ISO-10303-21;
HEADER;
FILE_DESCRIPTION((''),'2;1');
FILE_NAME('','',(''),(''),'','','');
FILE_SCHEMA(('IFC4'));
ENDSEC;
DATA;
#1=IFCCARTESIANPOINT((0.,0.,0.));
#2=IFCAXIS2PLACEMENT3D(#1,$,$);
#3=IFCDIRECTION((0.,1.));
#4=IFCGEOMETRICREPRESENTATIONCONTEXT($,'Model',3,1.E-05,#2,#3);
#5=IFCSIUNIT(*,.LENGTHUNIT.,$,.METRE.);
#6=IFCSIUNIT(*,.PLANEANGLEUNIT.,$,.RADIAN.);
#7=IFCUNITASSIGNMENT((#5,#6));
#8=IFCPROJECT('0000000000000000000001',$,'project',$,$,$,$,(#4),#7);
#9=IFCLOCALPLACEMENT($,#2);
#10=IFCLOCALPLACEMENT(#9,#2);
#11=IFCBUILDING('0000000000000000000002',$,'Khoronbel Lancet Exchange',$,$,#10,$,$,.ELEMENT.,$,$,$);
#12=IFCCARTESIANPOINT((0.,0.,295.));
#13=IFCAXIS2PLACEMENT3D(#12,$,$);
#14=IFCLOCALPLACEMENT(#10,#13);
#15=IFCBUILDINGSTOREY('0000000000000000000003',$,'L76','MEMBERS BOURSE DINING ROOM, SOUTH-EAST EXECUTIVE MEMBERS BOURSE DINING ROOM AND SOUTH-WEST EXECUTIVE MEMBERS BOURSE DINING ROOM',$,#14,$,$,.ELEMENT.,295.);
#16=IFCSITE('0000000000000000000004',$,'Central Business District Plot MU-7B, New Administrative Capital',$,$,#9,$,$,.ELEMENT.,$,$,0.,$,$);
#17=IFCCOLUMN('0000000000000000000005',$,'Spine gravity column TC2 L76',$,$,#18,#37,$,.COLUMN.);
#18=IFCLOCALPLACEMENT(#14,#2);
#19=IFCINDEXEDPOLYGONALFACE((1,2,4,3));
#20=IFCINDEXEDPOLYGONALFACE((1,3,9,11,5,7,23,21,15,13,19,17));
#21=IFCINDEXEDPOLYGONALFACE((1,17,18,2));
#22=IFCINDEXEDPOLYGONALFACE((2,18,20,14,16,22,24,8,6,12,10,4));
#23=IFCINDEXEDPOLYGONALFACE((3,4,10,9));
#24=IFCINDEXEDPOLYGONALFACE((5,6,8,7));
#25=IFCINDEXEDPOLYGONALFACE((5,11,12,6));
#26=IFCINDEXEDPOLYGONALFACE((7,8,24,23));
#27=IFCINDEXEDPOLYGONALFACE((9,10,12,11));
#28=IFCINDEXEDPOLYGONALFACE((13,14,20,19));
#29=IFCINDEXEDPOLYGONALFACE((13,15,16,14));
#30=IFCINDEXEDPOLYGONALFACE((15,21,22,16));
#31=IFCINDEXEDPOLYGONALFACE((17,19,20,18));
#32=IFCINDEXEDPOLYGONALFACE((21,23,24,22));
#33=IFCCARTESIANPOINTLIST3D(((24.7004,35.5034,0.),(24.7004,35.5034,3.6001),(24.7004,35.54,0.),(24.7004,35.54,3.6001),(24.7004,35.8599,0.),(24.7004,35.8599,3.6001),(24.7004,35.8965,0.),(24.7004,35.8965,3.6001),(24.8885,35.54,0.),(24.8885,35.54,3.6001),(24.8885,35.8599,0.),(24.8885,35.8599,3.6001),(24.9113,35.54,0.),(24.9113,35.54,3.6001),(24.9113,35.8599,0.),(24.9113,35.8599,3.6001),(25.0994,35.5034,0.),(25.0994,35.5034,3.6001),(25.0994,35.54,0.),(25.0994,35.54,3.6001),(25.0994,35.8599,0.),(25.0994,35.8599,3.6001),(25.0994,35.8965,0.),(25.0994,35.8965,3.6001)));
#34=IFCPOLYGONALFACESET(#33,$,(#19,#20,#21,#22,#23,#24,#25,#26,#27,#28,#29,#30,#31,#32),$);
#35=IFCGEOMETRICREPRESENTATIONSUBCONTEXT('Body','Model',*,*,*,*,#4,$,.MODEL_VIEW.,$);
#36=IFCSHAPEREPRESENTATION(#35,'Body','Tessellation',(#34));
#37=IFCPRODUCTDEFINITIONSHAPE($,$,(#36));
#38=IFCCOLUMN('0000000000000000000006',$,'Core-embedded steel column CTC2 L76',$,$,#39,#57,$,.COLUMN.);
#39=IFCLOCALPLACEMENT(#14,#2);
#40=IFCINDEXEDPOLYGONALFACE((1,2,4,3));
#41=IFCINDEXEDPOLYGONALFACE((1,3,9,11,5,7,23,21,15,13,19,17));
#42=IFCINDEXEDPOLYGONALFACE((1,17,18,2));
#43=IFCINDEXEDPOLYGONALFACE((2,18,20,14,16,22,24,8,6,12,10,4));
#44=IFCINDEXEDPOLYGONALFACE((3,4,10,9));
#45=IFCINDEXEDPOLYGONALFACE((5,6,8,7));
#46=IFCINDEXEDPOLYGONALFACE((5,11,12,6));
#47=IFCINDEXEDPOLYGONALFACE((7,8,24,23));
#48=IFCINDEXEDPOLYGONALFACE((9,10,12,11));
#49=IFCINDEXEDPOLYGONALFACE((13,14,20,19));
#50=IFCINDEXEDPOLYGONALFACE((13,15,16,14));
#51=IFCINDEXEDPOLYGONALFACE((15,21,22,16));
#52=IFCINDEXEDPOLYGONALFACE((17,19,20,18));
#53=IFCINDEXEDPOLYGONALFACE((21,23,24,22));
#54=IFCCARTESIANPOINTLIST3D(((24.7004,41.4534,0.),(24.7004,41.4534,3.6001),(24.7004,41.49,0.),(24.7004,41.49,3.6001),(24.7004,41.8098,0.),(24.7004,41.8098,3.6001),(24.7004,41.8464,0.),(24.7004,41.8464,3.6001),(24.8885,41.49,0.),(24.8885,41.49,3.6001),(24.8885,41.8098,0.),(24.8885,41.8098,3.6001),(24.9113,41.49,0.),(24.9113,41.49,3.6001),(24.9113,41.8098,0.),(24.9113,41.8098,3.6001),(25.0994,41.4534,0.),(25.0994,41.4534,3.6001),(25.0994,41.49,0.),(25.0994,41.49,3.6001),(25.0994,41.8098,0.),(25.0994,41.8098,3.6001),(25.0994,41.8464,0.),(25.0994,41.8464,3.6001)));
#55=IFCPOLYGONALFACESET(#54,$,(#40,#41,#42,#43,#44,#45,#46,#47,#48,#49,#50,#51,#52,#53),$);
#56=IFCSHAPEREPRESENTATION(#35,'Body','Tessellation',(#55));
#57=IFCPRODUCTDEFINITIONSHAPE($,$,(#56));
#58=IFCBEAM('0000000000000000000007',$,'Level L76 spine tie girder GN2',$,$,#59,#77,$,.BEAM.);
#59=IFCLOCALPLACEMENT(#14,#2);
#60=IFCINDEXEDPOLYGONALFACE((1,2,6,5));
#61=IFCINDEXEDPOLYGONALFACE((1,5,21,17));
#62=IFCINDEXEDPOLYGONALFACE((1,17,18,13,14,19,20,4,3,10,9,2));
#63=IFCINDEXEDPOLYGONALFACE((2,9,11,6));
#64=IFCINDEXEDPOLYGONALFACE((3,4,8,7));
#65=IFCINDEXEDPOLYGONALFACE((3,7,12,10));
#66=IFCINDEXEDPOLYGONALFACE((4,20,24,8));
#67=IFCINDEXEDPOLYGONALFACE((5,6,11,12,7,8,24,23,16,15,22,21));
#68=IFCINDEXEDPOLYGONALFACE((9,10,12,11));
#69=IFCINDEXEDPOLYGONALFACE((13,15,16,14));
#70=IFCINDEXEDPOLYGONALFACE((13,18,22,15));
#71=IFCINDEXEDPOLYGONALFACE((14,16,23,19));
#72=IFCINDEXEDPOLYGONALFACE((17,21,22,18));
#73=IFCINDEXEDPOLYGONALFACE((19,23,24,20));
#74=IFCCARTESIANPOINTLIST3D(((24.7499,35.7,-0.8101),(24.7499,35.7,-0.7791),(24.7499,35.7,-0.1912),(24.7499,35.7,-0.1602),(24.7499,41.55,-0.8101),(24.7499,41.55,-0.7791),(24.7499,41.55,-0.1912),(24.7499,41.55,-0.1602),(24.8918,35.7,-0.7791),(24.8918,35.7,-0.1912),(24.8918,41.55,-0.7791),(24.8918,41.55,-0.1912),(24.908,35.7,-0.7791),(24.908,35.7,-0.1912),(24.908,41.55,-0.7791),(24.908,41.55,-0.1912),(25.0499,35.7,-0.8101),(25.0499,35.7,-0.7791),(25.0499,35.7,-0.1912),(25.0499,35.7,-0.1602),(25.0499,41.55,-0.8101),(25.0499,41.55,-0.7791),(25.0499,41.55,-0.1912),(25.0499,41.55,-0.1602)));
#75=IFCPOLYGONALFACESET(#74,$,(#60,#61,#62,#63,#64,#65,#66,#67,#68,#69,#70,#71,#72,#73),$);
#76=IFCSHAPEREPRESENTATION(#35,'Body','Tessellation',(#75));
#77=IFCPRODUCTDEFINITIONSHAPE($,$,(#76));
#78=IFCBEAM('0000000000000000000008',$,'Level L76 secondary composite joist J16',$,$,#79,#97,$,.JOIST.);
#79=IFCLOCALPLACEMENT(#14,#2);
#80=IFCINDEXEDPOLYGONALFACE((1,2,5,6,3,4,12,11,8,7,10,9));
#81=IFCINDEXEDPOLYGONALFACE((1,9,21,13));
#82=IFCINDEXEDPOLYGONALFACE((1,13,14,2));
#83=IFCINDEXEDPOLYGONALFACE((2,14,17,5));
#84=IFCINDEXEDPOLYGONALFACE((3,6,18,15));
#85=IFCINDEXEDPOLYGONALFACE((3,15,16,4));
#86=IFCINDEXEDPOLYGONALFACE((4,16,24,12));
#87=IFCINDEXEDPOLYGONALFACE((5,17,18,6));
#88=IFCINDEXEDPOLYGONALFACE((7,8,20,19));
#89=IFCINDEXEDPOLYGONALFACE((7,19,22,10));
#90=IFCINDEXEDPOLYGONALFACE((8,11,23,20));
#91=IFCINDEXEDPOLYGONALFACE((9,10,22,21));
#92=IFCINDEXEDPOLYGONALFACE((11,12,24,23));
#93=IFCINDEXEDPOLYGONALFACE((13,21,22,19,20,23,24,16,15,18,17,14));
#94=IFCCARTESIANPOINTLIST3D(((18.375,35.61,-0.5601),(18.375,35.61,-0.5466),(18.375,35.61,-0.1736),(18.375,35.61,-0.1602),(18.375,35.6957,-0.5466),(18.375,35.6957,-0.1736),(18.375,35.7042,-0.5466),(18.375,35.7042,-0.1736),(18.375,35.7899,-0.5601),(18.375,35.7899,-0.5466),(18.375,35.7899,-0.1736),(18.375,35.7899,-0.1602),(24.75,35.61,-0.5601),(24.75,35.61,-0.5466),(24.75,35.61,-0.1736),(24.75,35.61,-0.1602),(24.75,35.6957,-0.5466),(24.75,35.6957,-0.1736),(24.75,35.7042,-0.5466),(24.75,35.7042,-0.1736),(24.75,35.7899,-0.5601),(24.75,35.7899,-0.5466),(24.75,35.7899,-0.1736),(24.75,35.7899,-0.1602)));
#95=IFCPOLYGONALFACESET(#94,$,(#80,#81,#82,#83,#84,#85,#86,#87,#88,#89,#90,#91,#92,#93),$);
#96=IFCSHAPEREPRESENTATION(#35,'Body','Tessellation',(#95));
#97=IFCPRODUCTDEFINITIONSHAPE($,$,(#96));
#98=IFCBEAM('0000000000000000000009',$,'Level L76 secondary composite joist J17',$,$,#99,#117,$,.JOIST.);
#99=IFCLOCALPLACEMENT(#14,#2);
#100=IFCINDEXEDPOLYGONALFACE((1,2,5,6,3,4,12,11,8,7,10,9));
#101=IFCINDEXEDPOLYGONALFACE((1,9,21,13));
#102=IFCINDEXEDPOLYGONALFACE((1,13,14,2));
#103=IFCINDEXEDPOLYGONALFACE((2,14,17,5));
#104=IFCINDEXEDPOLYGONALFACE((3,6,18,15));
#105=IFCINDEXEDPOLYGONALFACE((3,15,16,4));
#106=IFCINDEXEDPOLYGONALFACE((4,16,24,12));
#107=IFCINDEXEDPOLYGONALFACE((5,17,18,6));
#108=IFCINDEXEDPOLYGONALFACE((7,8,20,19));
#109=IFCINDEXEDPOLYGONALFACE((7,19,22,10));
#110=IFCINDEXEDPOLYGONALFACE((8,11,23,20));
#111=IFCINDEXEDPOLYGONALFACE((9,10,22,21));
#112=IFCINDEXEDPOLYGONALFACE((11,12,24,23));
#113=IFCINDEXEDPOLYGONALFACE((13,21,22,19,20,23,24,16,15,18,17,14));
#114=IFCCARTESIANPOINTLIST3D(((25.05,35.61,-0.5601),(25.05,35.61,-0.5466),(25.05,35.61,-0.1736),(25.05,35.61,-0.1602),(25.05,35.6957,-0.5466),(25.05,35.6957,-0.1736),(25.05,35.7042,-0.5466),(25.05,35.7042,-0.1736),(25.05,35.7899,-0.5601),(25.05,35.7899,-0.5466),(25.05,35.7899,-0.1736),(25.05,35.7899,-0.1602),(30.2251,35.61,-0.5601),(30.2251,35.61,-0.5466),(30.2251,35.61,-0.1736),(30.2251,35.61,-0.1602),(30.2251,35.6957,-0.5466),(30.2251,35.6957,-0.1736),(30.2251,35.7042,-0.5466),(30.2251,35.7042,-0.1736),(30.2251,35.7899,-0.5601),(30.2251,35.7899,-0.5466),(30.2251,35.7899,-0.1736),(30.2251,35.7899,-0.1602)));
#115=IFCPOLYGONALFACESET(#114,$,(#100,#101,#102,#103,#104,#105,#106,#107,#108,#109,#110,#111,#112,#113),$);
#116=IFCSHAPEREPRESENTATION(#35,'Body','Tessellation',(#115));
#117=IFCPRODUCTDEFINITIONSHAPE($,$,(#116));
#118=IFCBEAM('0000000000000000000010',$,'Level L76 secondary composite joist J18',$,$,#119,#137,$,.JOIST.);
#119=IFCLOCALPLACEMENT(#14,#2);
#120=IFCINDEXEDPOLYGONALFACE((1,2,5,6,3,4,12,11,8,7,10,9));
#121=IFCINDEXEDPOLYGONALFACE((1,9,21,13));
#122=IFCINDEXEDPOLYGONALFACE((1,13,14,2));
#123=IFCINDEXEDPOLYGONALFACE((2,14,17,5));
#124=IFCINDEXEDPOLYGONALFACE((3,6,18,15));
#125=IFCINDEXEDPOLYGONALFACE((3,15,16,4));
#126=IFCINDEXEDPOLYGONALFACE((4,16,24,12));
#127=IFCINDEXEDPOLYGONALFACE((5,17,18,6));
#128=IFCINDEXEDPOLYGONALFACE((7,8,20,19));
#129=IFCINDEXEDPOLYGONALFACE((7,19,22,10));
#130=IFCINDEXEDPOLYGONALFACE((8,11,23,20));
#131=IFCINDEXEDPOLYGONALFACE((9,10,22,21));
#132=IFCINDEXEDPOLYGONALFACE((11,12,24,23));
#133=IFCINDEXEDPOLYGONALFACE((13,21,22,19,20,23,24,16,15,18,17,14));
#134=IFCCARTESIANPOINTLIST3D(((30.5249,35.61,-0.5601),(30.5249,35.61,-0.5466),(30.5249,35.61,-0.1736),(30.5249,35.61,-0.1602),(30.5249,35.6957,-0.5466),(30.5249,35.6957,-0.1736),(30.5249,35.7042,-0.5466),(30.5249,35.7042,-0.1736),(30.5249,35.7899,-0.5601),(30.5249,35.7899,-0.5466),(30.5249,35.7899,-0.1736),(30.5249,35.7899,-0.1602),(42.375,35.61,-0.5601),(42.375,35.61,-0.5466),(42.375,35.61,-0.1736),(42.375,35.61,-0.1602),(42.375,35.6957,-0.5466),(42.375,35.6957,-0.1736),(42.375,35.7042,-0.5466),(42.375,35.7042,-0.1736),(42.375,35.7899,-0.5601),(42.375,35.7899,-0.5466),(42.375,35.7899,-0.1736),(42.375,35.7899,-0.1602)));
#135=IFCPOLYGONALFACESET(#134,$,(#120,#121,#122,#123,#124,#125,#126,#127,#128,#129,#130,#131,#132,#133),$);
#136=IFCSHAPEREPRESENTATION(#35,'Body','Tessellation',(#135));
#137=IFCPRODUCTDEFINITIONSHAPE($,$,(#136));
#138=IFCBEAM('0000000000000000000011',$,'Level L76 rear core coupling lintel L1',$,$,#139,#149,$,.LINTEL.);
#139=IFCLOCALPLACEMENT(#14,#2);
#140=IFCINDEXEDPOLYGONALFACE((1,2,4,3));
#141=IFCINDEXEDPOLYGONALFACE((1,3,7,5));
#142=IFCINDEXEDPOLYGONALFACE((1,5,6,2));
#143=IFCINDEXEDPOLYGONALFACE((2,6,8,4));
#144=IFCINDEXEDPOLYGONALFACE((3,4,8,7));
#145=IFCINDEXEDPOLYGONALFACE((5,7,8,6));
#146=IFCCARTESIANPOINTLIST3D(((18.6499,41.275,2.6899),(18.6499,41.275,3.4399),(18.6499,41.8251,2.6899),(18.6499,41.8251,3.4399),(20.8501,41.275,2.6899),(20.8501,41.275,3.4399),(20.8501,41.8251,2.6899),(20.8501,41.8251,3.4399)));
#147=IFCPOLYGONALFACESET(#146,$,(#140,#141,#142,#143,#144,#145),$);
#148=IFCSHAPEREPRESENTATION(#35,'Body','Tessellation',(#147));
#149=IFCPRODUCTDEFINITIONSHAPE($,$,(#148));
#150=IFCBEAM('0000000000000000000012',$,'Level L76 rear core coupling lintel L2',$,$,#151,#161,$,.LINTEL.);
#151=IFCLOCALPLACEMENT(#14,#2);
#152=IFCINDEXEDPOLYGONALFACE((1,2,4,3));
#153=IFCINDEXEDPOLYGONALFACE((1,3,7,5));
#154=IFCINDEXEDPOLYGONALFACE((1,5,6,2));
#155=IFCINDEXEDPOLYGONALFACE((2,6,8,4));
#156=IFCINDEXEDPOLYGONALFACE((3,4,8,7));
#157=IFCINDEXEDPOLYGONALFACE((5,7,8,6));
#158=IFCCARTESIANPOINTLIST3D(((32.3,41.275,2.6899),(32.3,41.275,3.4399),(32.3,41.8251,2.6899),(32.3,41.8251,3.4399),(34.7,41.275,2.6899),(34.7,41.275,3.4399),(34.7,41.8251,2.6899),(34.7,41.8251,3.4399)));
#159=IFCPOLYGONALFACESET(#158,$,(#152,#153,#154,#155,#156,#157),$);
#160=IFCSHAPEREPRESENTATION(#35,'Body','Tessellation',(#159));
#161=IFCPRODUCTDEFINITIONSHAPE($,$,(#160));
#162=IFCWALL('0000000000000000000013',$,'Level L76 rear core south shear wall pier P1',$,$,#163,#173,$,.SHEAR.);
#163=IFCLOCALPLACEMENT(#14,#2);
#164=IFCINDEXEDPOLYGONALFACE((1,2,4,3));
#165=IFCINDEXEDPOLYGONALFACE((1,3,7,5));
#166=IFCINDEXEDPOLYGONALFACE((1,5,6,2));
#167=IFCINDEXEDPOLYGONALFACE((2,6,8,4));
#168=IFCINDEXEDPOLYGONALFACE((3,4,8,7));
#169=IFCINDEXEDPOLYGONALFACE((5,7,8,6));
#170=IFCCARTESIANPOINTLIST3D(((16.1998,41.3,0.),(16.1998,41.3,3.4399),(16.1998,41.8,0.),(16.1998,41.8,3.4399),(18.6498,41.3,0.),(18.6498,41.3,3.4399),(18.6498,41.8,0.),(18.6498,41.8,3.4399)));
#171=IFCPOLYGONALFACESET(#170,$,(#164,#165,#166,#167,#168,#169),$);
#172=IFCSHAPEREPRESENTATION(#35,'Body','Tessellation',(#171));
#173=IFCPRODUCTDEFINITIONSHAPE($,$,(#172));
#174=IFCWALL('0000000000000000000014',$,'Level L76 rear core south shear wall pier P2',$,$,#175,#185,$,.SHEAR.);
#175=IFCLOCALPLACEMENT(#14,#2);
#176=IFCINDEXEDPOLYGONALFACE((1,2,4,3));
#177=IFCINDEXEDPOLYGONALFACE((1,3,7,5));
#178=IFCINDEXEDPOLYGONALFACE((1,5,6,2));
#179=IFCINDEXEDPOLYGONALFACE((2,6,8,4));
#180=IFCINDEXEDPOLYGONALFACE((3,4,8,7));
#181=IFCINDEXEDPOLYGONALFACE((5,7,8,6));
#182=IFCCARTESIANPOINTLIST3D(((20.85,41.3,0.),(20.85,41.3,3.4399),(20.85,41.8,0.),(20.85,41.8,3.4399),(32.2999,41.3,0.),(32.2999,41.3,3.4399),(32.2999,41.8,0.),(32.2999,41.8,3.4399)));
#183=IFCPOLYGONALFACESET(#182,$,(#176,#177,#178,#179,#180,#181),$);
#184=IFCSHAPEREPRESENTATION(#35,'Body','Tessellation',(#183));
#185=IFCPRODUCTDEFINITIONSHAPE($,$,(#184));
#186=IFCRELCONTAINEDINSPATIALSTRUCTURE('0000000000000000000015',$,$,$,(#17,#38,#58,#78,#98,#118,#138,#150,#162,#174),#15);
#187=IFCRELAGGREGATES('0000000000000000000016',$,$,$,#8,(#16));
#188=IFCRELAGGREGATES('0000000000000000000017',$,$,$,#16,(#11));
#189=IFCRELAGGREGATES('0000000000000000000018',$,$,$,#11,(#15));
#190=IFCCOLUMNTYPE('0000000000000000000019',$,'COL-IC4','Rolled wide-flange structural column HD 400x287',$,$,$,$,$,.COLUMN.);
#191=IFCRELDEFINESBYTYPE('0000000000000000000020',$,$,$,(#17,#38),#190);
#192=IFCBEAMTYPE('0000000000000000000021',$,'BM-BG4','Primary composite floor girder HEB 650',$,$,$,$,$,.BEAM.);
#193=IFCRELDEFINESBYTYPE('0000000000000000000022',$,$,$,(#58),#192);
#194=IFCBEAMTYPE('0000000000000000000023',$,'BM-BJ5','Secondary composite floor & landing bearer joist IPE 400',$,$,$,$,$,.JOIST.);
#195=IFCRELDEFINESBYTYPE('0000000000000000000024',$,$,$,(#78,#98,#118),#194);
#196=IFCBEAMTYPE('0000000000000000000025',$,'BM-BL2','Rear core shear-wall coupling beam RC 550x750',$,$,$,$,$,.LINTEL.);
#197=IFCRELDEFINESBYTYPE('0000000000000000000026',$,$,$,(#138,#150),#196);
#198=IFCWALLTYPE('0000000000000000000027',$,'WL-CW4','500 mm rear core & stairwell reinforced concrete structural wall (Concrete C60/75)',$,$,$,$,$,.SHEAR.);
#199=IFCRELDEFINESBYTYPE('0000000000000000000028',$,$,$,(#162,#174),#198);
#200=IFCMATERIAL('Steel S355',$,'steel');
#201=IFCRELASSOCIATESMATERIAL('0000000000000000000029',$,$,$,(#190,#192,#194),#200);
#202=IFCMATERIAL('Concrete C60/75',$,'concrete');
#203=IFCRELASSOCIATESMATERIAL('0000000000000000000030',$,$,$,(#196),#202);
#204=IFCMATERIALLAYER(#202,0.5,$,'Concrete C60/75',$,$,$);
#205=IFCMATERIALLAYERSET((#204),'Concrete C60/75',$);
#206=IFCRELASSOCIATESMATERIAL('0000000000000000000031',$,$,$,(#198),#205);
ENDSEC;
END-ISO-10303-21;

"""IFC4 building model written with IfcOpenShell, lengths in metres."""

from ifc_helpers import new_model, si_unit, direction, frame, frame_2d, origin, origin_2d, place, context, subcontext, project, spatial, rectangle, i_section, extrude, material, layer, layer_set, material_profile, profile_set, type_object, element, save


model = new_model("IFC4")

# Units and contexts
model_context = context("Model", 3, precision=1e-05, world=origin(), true_north=direction((0.0, 1.0)))
body_context = subcontext(model_context, "Body", "Model", "MODEL_VIEW")
ifc_project = project(units=[si_unit("LENGTHUNIT", "METRE"), si_unit("PLANEANGLEUNIT", "RADIAN")], contexts=[model_context])

# Site, building, storey
site_placement = place(None, origin())
site = spatial("IfcSite", under=ifc_project, at=site_placement, Name="Central Business District Plot MU-7B, New Administrative Capital", CompositionType="ELEMENT", RefElevation=0.0)
building_placement = place(site_placement, origin())
building = spatial("IfcBuilding", under=site, at=building_placement, Name="Khoronbel Lancet Exchange", CompositionType="ELEMENT")
storey_placement = place(building_placement, frame((0.0, 0.0, 295.0)))
storey = spatial("IfcBuildingStorey", under=building, at=storey_placement, Name="L76", Description="MEMBERS BOURSE DINING ROOM, SOUTH-EAST EXECUTIVE MEMBERS BOURSE DINING ROOM AND SOUTH-WEST EXECUTIVE MEMBERS BOURSE DINING ROOM", CompositionType="ELEMENT", Elevation=295.0)

# Columns
ifc_material_1 = material(Name="Steel S355", Category="steel")
ifc_material_profile_1 = material_profile(ifc_material_1, i_section(OverallWidth=0.3989, OverallDepth=0.3931, WebThickness=0.0227, FlangeThickness=0.0366, at=origin_2d()), Name="HD 400x287")
ifc_profile_set_1 = profile_set([ifc_material_profile_1], Name="Steel S355")
column_type = type_object("IfcColumnType", Name="COL-IC4", Description="Rolled wide-flange structural column HD 400x287", PredefinedType="COLUMN", material=ifc_profile_set_1)
for number, where, z_axis, x_axis, name in (
    (1, (24.8999, 35.7, 0.0), (0.0, 0.0, 1.0), (1.0, 0.0, 0.0), "Spine gravity column TC2 L76"),
    (2, (24.8999, 41.6499, 0.0), (0.0, 0.0, 1.0), (1.0, 0.0, 0.0), "Core-embedded steel column CTC2 L76"),
):
    element("IfcColumn", number, at=place(storey_placement, frame(where, z_axis=z_axis, x_axis=x_axis)), inside=storey, type_object=column_type, Name=name, PredefinedType="COLUMN", context=body_context, shape_type="SweptSolid", body=[
        extrude(i_section(OverallWidth=0.3989, OverallDepth=0.3931, WebThickness=0.0227, FlangeThickness=0.0366, at=origin_2d()), origin(), (0.0, 0.0, 1.0), 3.6001),
    ])

# Beams
ifc_material_profile_2 = material_profile(ifc_material_1, i_section(OverallWidth=0.3, OverallDepth=0.6499, WebThickness=0.0161, FlangeThickness=0.031, at=origin_2d()), Name="HEB 650")
ifc_profile_set_2 = profile_set([ifc_material_profile_2], Name="Steel S355")
beam_type_1 = type_object("IfcBeamType", Name="BM-BG4", Description="Primary composite floor girder HEB 650", PredefinedType="BEAM", material=ifc_profile_set_2)
beam_1_placement = place(storey_placement, frame((24.8999, 35.7, -0.4851), z_axis=(0.0, 1.0, 0.0), x_axis=(-1.0, 0.0, 0.0)))
element("IfcBeam", 3, at=beam_1_placement, inside=storey, type_object=beam_type_1, Name="Level L76 spine tie girder GN2", PredefinedType="BEAM", context=body_context, shape_type="SweptSolid", body=[
    extrude(i_section(OverallWidth=0.3, OverallDepth=0.6499, WebThickness=0.0161, FlangeThickness=0.031, at=origin_2d()), origin(), (0.0, 0.0, 1.0), 5.8501),
])
ifc_material_profile_3 = material_profile(ifc_material_1, i_section(OverallWidth=0.1799, OverallDepth=0.3999, WebThickness=0.0085, FlangeThickness=0.0134, at=origin_2d()), Name="IPE 400")
ifc_profile_set_3 = profile_set([ifc_material_profile_3], Name="Steel S355")
beam_type_2 = type_object("IfcBeamType", Name="BM-BJ5", Description="Secondary composite floor & landing bearer joist IPE 400", PredefinedType="JOIST", material=ifc_profile_set_3)
beam_2_placement = place(storey_placement, frame((18.375, 35.7, -0.3601), z_axis=(1.0, 0.0, 0.0), x_axis=(0.0, 1.0, 0.0)))
element("IfcBeam", 4, at=beam_2_placement, inside=storey, type_object=beam_type_2, Name="Level L76 secondary composite joist J16", PredefinedType="JOIST", context=body_context, shape_type="SweptSolid", body=[
    extrude(i_section(OverallWidth=0.1799, OverallDepth=0.3999, WebThickness=0.0085, FlangeThickness=0.0134, at=origin_2d()), origin(), (0.0, 0.0, 1.0), 6.375),
])
beam_3_placement = place(storey_placement, frame((25.05, 35.7, -0.3601), z_axis=(1.0, 0.0, 0.0), x_axis=(0.0, 1.0, 0.0)))
element("IfcBeam", 5, at=beam_3_placement, inside=storey, type_object=beam_type_2, Name="Level L76 secondary composite joist J17", PredefinedType="JOIST", context=body_context, shape_type="SweptSolid", body=[
    extrude(i_section(OverallWidth=0.1799, OverallDepth=0.3999, WebThickness=0.0085, FlangeThickness=0.0134, at=origin_2d()), origin(), (0.0, 0.0, 1.0), 5.175),
])
beam_4_placement = place(storey_placement, frame((30.5249, 35.7, -0.3601), z_axis=(1.0, 0.0, 0.0), x_axis=(0.0, 1.0, 0.0)))
element("IfcBeam", 6, at=beam_4_placement, inside=storey, type_object=beam_type_2, Name="Level L76 secondary composite joist J18", PredefinedType="JOIST", context=body_context, shape_type="SweptSolid", body=[
    extrude(i_section(OverallWidth=0.1799, OverallDepth=0.3999, WebThickness=0.0085, FlangeThickness=0.0134, at=origin_2d()), origin(), (0.0, 0.0, 1.0), 11.8501),
])
ifc_material_2 = material(Name="Concrete C60/75", Category="concrete")
ifc_material_profile_4 = material_profile(ifc_material_2, rectangle(XDim=0.55, YDim=0.75, at=origin_2d()), Name="RC 550x750")
ifc_profile_set_4 = profile_set([ifc_material_profile_4], Name="Concrete C60/75")
beam_type_3 = type_object("IfcBeamType", Name="BM-BL2", Description="Rear core shear-wall coupling beam RC 550x750", PredefinedType="LINTEL", material=ifc_profile_set_4)
beam_5_placement = place(storey_placement, frame((18.6499, 41.55, 3.0649), z_axis=(1.0, 0.0, 0.0), x_axis=(0.0, 1.0, 0.0)))
element("IfcBeam", 7, at=beam_5_placement, inside=storey, type_object=beam_type_3, Name="Level L76 rear core coupling lintel L1", PredefinedType="LINTEL", context=body_context, shape_type="SweptSolid", body=[
    extrude(rectangle(XDim=0.55, YDim=0.75, at=origin_2d()), origin(), (0.0, 0.0, 1.0), 2.2002),
])
beam_6_placement = place(storey_placement, frame((32.3, 41.55, 3.0649), z_axis=(1.0, 0.0, 0.0), x_axis=(0.0, 1.0, 0.0)))
element("IfcBeam", 8, at=beam_6_placement, inside=storey, type_object=beam_type_3, Name="Level L76 rear core coupling lintel L2", PredefinedType="LINTEL", context=body_context, shape_type="SweptSolid", body=[
    extrude(rectangle(XDim=0.55, YDim=0.75, at=origin_2d()), origin(), (0.0, 0.0, 1.0), 2.3999),
])

# Walls
ifc_layer_1 = layer(ifc_material_2, 0.5, Name="Concrete C60/75")
ifc_layer_set_1 = layer_set([ifc_layer_1], Name="Concrete C60/75")
wall_type_1 = type_object("IfcWallType", Name="WL-CW4", Description="500 mm rear core & stairwell reinforced concrete structural wall (Concrete C60/75)", PredefinedType="SHEAR", material=ifc_layer_set_1)
wall_1_placement = place(storey_placement, frame((18.6499, 41.55, 0.0), z_axis=(0.0, 0.0, 1.0), x_axis=(-1.0, 0.0, 0.0)))
element("IfcWall", 9, at=wall_1_placement, inside=storey, type_object=wall_type_1, Name="Level L76 rear core south shear wall pier P1", PredefinedType="SHEAR", context=body_context, shape_type="SweptSolid", body=[
    extrude(rectangle(XDim=2.45, YDim=0.5, at=frame_2d((1.2251, 0.0))), origin(), (0.0, 0.0, 1.0), 3.4399),
])
wall_2_placement = place(storey_placement, frame((32.3, 41.55, 0.0), z_axis=(0.0, 0.0, 1.0), x_axis=(-1.0, 0.0, 0.0)))
element("IfcWall", 10, at=wall_2_placement, inside=storey, type_object=wall_type_1, Name="Level L76 rear core south shear wall pier P2", PredefinedType="SHEAR", context=body_context, shape_type="SweptSolid", body=[
    extrude(rectangle(XDim=11.45, YDim=0.5, at=frame_2d((5.7251, 0.0))), origin(), (0.0, 0.0, 1.0), 3.4399),
])

save(model, "model.ifc")
